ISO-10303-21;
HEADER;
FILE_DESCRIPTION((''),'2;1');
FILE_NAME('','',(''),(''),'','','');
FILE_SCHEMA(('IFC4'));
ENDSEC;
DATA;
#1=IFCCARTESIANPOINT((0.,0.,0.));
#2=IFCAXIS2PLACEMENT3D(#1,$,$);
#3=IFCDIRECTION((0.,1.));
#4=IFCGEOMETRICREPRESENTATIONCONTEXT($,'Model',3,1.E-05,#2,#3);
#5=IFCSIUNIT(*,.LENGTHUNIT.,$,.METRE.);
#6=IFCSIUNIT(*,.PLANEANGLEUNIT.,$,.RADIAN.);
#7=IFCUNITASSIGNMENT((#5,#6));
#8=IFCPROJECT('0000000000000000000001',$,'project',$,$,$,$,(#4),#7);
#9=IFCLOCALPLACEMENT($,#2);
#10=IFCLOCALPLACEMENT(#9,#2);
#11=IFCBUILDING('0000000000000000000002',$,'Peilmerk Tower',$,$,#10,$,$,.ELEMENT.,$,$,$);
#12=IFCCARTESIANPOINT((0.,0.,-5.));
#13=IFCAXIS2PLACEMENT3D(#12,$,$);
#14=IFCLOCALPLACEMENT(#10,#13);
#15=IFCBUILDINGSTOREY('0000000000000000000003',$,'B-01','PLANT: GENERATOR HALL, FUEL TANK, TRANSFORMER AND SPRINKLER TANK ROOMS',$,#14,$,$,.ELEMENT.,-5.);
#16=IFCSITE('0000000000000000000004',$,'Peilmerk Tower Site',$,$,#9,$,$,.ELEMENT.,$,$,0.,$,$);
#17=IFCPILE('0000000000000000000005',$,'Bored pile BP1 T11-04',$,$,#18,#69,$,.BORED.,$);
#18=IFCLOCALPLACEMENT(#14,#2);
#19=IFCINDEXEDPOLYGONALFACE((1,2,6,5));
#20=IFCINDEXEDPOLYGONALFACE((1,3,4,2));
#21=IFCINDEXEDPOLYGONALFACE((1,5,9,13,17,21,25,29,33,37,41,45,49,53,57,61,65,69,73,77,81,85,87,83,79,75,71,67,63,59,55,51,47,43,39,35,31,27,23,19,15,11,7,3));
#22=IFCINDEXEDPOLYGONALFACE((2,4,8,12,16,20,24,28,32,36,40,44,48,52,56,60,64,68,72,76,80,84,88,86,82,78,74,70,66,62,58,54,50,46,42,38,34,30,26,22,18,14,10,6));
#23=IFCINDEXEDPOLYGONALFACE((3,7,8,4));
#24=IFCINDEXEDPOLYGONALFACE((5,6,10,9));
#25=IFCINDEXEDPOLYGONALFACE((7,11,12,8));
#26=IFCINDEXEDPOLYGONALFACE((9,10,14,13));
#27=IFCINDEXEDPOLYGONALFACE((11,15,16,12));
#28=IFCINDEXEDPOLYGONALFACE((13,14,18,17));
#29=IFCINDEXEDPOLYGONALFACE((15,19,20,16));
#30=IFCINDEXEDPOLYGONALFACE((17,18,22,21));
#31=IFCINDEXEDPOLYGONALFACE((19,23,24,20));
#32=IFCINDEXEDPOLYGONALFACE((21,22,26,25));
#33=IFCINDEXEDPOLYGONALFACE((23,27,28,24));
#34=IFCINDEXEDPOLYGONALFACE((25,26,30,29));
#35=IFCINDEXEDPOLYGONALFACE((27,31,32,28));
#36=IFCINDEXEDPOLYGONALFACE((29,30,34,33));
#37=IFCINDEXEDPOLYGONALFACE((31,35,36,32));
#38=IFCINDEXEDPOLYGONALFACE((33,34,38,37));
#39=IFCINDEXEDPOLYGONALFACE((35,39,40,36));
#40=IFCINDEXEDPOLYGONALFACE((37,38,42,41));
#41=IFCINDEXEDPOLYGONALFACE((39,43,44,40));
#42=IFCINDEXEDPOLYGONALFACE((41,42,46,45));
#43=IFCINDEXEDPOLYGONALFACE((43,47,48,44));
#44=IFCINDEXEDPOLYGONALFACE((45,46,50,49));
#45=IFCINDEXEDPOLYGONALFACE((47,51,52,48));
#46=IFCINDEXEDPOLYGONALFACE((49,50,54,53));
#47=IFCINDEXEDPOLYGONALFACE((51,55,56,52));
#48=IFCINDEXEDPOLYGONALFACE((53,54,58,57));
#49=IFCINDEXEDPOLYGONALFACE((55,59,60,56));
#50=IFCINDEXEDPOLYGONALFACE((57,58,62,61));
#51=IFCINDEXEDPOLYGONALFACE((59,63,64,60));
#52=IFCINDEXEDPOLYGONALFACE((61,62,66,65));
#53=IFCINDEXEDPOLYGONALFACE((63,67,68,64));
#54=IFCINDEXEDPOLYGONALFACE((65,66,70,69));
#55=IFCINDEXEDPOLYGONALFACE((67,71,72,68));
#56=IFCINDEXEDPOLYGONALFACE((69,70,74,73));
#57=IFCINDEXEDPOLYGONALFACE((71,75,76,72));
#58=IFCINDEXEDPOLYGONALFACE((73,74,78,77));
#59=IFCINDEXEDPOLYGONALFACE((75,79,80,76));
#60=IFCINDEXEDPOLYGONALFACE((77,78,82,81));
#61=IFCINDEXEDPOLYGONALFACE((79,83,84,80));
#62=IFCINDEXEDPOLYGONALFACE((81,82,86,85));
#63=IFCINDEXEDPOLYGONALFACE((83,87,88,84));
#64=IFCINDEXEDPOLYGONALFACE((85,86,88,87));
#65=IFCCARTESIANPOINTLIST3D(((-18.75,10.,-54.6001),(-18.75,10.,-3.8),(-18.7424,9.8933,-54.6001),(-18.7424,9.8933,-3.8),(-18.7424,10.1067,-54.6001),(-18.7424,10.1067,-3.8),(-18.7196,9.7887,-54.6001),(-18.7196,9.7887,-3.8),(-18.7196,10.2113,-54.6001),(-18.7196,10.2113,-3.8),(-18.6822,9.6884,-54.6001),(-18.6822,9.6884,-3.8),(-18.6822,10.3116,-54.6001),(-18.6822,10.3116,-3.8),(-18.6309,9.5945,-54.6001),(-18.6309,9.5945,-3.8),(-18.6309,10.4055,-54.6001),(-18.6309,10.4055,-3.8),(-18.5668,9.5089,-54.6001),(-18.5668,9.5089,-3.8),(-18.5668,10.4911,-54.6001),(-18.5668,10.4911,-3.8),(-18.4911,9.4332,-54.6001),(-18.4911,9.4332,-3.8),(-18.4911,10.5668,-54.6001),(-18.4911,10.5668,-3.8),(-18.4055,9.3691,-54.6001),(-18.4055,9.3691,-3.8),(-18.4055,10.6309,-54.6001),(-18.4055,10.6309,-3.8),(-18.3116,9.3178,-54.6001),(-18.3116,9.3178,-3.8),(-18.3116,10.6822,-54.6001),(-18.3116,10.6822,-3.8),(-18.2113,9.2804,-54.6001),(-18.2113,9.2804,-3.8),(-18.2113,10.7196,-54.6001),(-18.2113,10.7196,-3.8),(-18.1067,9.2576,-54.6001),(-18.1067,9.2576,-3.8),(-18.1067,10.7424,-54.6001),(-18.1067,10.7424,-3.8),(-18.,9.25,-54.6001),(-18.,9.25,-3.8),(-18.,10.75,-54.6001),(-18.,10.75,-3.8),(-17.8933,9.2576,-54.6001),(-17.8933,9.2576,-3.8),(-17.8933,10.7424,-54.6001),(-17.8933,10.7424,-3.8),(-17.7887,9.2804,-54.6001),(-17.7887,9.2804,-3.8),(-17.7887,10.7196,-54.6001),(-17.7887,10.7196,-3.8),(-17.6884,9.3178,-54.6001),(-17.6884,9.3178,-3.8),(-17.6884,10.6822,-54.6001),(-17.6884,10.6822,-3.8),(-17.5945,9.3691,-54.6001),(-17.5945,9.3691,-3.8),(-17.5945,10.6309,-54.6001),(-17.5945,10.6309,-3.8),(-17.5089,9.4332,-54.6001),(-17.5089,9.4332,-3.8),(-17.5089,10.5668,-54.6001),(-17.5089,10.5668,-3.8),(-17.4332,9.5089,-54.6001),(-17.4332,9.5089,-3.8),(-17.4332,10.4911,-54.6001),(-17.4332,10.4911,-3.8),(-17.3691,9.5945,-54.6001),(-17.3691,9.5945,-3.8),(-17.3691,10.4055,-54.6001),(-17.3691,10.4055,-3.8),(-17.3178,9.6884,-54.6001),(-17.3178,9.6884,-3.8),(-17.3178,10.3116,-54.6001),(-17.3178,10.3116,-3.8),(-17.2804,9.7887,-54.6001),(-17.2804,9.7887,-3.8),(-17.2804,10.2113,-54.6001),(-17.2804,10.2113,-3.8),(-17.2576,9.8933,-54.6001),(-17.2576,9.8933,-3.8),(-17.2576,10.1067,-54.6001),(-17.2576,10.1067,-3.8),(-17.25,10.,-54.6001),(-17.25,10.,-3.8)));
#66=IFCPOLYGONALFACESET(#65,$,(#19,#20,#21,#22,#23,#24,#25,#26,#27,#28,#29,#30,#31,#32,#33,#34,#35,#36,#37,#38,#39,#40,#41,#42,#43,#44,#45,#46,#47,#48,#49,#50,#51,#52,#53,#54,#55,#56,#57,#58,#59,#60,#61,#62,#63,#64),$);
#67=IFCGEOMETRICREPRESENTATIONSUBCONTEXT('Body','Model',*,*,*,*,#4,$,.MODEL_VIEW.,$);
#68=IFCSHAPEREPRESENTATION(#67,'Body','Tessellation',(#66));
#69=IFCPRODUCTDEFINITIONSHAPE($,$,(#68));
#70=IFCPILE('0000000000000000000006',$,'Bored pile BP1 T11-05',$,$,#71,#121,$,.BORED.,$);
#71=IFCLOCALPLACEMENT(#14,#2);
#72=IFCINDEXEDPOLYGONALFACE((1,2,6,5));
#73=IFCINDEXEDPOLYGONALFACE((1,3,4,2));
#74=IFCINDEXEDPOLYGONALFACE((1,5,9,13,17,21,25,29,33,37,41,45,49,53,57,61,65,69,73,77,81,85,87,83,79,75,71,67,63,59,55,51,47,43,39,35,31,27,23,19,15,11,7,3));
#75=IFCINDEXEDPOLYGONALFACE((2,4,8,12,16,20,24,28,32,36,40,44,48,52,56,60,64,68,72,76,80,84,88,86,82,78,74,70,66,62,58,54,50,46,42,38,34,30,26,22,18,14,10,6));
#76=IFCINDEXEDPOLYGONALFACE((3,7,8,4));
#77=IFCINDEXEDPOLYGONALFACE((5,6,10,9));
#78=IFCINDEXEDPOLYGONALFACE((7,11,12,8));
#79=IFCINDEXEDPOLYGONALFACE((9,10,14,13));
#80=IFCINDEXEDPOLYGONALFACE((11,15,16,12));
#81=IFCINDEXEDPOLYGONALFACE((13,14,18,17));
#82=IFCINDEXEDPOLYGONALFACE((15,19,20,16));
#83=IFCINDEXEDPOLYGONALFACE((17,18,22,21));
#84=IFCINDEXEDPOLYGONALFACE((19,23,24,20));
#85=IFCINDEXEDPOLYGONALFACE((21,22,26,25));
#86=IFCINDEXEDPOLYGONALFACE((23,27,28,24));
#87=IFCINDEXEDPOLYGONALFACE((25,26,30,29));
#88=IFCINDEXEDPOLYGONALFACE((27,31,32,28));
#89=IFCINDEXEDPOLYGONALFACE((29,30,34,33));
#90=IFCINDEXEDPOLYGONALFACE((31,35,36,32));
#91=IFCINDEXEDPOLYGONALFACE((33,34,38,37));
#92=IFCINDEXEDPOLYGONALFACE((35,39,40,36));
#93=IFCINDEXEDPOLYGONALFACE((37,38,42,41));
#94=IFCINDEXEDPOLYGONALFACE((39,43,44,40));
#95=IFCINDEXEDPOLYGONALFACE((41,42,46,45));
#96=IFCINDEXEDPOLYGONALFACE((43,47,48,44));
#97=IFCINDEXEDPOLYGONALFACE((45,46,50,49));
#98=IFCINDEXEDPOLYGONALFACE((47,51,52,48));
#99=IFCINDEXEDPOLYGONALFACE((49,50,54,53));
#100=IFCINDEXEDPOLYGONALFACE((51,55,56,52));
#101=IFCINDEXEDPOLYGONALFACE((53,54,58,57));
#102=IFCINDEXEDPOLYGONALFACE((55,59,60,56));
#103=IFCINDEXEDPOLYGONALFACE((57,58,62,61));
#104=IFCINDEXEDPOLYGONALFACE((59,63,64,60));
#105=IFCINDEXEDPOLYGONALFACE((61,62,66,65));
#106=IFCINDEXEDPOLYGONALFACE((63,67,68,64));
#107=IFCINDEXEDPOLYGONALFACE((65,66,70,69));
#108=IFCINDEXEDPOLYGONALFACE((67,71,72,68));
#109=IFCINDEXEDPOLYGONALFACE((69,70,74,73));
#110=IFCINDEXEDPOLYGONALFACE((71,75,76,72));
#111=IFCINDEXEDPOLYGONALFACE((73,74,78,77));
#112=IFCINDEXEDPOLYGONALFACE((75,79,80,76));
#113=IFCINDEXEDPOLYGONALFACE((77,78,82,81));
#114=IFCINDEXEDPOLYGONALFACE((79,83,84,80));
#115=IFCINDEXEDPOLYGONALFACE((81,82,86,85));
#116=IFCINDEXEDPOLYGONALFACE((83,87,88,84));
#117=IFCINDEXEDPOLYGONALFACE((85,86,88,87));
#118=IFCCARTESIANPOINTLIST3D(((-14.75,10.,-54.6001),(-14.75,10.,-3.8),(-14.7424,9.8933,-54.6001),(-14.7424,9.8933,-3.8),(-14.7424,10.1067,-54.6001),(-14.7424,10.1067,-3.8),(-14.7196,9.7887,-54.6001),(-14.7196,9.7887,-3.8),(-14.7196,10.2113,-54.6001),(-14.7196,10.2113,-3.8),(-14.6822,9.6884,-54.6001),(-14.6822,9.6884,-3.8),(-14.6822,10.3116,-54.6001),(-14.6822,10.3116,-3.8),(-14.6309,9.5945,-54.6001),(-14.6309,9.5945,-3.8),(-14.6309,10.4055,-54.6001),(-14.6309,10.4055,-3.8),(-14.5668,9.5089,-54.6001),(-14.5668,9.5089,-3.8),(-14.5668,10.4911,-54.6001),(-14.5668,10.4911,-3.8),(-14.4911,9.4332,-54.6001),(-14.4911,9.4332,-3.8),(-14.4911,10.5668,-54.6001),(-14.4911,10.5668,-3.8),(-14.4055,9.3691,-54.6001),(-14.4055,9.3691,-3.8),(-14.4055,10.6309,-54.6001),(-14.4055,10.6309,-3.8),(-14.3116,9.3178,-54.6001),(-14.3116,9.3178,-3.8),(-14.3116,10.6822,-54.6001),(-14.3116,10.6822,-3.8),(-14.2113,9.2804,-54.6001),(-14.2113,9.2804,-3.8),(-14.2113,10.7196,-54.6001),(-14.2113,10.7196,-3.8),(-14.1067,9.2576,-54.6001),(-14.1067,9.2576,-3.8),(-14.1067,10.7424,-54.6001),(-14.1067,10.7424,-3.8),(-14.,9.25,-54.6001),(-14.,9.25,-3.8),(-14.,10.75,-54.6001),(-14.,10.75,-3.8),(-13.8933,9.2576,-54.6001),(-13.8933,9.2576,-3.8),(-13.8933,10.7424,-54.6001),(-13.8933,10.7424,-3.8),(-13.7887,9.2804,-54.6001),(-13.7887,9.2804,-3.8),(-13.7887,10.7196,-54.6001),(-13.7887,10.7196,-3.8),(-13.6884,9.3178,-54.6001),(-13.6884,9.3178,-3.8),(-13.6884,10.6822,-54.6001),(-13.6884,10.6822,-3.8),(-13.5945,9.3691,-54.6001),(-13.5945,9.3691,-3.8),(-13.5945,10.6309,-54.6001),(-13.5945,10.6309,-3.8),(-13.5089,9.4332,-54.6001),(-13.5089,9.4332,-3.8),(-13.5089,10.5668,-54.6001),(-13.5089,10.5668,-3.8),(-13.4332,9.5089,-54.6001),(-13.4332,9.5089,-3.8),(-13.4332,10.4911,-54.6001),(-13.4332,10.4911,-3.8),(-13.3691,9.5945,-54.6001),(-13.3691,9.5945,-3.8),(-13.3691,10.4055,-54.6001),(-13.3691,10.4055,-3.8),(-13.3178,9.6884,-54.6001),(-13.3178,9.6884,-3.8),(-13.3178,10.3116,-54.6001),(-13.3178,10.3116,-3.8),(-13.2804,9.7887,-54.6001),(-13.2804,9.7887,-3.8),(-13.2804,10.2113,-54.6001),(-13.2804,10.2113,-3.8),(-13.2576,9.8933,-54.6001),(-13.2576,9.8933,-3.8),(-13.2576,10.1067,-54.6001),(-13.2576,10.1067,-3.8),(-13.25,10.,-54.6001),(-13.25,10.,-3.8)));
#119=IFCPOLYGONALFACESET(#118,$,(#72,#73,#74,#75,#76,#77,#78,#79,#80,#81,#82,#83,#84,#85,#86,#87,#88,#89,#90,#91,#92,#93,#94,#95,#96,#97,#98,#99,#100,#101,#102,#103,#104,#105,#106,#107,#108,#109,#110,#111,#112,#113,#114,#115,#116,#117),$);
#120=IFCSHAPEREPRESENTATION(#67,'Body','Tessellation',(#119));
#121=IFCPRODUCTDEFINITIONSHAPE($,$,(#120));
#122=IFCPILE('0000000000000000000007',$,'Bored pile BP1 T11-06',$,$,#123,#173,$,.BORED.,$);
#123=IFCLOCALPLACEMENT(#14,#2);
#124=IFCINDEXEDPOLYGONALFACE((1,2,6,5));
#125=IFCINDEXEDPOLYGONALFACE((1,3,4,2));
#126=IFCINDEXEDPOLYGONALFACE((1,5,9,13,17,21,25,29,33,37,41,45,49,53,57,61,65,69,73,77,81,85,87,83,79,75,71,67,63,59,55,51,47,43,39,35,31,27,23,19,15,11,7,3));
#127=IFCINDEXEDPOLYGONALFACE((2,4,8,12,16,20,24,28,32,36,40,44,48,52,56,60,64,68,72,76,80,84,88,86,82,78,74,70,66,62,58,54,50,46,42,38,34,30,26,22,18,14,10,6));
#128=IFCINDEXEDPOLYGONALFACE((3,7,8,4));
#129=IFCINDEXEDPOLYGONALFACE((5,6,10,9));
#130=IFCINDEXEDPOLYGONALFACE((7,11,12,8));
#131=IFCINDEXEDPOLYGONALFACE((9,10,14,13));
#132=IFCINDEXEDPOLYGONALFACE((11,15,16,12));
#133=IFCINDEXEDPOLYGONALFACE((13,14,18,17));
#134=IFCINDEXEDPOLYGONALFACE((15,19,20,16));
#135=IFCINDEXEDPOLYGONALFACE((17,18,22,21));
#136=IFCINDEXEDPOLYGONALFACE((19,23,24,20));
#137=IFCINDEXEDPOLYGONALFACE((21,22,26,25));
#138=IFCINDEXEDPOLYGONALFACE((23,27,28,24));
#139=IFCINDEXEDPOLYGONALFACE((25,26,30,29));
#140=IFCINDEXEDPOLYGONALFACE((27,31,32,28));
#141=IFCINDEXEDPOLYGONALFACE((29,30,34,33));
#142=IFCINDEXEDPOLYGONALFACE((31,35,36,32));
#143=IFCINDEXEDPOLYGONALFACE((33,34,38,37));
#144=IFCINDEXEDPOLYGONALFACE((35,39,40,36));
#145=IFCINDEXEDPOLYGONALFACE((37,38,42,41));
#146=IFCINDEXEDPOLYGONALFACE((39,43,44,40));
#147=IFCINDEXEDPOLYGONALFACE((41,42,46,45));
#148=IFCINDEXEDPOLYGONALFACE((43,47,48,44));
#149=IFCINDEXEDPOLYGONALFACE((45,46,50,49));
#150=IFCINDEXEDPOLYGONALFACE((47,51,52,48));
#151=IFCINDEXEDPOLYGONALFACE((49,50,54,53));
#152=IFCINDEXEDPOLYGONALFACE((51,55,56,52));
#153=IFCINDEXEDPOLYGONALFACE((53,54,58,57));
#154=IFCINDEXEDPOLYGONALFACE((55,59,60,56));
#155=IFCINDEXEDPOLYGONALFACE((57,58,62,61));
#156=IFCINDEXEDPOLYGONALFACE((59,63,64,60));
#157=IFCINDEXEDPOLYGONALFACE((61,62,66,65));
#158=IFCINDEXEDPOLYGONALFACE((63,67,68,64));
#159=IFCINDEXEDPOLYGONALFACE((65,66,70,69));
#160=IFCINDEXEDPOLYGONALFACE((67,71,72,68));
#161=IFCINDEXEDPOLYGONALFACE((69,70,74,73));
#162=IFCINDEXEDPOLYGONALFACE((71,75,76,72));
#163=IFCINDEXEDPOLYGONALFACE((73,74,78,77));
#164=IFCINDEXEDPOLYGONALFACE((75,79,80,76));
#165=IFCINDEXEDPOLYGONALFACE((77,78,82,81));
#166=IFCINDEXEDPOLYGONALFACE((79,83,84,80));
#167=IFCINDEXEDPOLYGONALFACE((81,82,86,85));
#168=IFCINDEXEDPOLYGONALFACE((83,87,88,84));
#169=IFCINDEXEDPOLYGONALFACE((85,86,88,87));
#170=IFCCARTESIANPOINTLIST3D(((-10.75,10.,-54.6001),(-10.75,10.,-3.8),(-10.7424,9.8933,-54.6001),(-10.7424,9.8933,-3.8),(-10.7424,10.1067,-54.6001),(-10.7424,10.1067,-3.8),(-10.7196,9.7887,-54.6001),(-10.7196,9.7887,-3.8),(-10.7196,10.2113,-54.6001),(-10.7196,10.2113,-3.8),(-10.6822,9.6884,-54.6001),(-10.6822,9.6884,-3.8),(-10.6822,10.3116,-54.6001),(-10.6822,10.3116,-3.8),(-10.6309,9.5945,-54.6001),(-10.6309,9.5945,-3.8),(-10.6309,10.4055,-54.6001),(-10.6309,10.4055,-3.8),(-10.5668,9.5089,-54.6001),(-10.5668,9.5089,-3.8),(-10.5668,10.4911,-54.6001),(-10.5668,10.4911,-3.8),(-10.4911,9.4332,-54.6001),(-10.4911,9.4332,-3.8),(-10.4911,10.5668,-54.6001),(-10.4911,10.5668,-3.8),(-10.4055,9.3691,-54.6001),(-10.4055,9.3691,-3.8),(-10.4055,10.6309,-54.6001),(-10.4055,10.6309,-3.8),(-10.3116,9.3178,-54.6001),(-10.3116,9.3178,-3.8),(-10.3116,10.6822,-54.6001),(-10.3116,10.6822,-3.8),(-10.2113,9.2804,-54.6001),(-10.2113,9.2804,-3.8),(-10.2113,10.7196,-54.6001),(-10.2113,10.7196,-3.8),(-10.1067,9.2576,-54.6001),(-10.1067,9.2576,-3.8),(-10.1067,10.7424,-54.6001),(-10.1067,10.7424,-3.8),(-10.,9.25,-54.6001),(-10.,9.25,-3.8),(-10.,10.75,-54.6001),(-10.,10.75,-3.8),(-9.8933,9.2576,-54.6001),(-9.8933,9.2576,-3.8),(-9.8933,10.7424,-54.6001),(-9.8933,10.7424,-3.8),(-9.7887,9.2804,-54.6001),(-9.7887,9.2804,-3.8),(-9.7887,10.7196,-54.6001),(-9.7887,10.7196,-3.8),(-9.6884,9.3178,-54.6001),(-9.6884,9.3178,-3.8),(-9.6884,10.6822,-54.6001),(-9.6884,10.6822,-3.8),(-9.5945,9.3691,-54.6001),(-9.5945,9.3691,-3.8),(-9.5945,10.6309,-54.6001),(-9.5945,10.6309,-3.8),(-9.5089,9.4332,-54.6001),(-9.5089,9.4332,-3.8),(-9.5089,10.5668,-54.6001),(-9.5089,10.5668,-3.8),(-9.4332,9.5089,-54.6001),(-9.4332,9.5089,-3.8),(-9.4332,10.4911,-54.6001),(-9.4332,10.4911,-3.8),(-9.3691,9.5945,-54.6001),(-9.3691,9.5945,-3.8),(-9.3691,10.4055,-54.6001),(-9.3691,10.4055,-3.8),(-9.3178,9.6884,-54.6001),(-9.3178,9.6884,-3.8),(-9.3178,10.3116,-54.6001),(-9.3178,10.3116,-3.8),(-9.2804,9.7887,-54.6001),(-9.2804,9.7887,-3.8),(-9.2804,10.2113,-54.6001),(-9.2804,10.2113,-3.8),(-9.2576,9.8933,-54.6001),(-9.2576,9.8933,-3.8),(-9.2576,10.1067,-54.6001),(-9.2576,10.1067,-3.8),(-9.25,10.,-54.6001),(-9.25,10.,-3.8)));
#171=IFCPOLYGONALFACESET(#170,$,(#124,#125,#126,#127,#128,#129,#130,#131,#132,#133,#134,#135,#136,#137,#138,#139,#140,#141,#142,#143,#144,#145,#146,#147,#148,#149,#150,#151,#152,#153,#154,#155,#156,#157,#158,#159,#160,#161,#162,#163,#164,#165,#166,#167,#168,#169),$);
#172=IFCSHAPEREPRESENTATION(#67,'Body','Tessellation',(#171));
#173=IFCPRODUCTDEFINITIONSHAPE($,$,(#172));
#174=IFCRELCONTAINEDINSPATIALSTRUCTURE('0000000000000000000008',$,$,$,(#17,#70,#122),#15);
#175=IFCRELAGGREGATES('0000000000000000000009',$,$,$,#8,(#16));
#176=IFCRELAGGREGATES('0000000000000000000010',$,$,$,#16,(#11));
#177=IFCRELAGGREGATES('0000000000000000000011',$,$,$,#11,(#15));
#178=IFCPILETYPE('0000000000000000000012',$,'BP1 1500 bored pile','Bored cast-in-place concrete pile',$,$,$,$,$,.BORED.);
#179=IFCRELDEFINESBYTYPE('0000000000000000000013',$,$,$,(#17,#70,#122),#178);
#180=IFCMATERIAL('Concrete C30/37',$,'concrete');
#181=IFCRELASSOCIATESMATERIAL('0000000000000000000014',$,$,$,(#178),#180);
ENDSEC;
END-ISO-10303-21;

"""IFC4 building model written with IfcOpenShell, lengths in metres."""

from ifc_helpers import new_model, si_unit, direction, frame, origin, origin_2d, place, context, subcontext, project, spatial, circle, extrude, material, material_profile, profile_set, type_object, element, save


model = new_model("IFC4")

# Units and contexts
model_context = context("Model", 3, precision=1e-05, world=origin(), true_north=direction((0.0, 1.0)))
body_context = subcontext(model_context, "Body", "Model", "MODEL_VIEW")
ifc_project = project(units=[si_unit("LENGTHUNIT", "METRE"), si_unit("PLANEANGLEUNIT", "RADIAN")], contexts=[model_context])

# Site, building, storey
site_placement = place(None, origin())
site = spatial("IfcSite", under=ifc_project, at=site_placement, Name="Peilmerk Tower Site", CompositionType="ELEMENT", RefElevation=0.0)
building_placement = place(site_placement, origin())
building = spatial("IfcBuilding", under=site, at=building_placement, Name="Peilmerk Tower", CompositionType="ELEMENT")
storey_placement = place(building_placement, frame((0.0, 0.0, -5.0)))
storey = spatial("IfcBuildingStorey", under=building, at=storey_placement, Name="B-01", Description="PLANT: GENERATOR HALL, FUEL TANK, TRANSFORMER AND SPRINKLER TANK ROOMS", CompositionType="ELEMENT", Elevation=-5.0)

# Piles
ifc_material_1 = material(Name="Concrete C30/37", Category="concrete")
ifc_material_profile = material_profile(ifc_material_1, circle(Radius=0.75, at=origin_2d()), Name="BP 1500")
ifc_profile_set = profile_set([ifc_material_profile], Name="Concrete C30/37")
pile_type = type_object("IfcPileType", Name="BP1 1500 bored pile", Description="Bored cast-in-place concrete pile", PredefinedType="BORED", material=ifc_profile_set)
for number, where, z_axis, x_axis, name in (
    (1, (-18.0, 10.0, -3.8), (0.0, 0.0, -1.0), (1.0, 0.0, 0.0), "Bored pile BP1 T11-04"),
    (2, (-14.0, 10.0, -3.8), (0.0, 0.0, -1.0), (1.0, 0.0, 0.0), "Bored pile BP1 T11-05"),
    (3, (-10.0, 10.0, -3.8), (0.0, 0.0, -1.0), (1.0, 0.0, 0.0), "Bored pile BP1 T11-06"),
):
    element("IfcPile", number, at=place(storey_placement, frame(where, z_axis=z_axis, x_axis=x_axis)), inside=storey, type_object=pile_type, Name=name, PredefinedType="BORED", context=body_context, shape_type="SweptSolid", body=[
        extrude(circle(Radius=0.75, at=origin_2d()), origin(), (0.0, 0.0, 1.0), 50.8),
    ])

save(model, "model.ifc")
